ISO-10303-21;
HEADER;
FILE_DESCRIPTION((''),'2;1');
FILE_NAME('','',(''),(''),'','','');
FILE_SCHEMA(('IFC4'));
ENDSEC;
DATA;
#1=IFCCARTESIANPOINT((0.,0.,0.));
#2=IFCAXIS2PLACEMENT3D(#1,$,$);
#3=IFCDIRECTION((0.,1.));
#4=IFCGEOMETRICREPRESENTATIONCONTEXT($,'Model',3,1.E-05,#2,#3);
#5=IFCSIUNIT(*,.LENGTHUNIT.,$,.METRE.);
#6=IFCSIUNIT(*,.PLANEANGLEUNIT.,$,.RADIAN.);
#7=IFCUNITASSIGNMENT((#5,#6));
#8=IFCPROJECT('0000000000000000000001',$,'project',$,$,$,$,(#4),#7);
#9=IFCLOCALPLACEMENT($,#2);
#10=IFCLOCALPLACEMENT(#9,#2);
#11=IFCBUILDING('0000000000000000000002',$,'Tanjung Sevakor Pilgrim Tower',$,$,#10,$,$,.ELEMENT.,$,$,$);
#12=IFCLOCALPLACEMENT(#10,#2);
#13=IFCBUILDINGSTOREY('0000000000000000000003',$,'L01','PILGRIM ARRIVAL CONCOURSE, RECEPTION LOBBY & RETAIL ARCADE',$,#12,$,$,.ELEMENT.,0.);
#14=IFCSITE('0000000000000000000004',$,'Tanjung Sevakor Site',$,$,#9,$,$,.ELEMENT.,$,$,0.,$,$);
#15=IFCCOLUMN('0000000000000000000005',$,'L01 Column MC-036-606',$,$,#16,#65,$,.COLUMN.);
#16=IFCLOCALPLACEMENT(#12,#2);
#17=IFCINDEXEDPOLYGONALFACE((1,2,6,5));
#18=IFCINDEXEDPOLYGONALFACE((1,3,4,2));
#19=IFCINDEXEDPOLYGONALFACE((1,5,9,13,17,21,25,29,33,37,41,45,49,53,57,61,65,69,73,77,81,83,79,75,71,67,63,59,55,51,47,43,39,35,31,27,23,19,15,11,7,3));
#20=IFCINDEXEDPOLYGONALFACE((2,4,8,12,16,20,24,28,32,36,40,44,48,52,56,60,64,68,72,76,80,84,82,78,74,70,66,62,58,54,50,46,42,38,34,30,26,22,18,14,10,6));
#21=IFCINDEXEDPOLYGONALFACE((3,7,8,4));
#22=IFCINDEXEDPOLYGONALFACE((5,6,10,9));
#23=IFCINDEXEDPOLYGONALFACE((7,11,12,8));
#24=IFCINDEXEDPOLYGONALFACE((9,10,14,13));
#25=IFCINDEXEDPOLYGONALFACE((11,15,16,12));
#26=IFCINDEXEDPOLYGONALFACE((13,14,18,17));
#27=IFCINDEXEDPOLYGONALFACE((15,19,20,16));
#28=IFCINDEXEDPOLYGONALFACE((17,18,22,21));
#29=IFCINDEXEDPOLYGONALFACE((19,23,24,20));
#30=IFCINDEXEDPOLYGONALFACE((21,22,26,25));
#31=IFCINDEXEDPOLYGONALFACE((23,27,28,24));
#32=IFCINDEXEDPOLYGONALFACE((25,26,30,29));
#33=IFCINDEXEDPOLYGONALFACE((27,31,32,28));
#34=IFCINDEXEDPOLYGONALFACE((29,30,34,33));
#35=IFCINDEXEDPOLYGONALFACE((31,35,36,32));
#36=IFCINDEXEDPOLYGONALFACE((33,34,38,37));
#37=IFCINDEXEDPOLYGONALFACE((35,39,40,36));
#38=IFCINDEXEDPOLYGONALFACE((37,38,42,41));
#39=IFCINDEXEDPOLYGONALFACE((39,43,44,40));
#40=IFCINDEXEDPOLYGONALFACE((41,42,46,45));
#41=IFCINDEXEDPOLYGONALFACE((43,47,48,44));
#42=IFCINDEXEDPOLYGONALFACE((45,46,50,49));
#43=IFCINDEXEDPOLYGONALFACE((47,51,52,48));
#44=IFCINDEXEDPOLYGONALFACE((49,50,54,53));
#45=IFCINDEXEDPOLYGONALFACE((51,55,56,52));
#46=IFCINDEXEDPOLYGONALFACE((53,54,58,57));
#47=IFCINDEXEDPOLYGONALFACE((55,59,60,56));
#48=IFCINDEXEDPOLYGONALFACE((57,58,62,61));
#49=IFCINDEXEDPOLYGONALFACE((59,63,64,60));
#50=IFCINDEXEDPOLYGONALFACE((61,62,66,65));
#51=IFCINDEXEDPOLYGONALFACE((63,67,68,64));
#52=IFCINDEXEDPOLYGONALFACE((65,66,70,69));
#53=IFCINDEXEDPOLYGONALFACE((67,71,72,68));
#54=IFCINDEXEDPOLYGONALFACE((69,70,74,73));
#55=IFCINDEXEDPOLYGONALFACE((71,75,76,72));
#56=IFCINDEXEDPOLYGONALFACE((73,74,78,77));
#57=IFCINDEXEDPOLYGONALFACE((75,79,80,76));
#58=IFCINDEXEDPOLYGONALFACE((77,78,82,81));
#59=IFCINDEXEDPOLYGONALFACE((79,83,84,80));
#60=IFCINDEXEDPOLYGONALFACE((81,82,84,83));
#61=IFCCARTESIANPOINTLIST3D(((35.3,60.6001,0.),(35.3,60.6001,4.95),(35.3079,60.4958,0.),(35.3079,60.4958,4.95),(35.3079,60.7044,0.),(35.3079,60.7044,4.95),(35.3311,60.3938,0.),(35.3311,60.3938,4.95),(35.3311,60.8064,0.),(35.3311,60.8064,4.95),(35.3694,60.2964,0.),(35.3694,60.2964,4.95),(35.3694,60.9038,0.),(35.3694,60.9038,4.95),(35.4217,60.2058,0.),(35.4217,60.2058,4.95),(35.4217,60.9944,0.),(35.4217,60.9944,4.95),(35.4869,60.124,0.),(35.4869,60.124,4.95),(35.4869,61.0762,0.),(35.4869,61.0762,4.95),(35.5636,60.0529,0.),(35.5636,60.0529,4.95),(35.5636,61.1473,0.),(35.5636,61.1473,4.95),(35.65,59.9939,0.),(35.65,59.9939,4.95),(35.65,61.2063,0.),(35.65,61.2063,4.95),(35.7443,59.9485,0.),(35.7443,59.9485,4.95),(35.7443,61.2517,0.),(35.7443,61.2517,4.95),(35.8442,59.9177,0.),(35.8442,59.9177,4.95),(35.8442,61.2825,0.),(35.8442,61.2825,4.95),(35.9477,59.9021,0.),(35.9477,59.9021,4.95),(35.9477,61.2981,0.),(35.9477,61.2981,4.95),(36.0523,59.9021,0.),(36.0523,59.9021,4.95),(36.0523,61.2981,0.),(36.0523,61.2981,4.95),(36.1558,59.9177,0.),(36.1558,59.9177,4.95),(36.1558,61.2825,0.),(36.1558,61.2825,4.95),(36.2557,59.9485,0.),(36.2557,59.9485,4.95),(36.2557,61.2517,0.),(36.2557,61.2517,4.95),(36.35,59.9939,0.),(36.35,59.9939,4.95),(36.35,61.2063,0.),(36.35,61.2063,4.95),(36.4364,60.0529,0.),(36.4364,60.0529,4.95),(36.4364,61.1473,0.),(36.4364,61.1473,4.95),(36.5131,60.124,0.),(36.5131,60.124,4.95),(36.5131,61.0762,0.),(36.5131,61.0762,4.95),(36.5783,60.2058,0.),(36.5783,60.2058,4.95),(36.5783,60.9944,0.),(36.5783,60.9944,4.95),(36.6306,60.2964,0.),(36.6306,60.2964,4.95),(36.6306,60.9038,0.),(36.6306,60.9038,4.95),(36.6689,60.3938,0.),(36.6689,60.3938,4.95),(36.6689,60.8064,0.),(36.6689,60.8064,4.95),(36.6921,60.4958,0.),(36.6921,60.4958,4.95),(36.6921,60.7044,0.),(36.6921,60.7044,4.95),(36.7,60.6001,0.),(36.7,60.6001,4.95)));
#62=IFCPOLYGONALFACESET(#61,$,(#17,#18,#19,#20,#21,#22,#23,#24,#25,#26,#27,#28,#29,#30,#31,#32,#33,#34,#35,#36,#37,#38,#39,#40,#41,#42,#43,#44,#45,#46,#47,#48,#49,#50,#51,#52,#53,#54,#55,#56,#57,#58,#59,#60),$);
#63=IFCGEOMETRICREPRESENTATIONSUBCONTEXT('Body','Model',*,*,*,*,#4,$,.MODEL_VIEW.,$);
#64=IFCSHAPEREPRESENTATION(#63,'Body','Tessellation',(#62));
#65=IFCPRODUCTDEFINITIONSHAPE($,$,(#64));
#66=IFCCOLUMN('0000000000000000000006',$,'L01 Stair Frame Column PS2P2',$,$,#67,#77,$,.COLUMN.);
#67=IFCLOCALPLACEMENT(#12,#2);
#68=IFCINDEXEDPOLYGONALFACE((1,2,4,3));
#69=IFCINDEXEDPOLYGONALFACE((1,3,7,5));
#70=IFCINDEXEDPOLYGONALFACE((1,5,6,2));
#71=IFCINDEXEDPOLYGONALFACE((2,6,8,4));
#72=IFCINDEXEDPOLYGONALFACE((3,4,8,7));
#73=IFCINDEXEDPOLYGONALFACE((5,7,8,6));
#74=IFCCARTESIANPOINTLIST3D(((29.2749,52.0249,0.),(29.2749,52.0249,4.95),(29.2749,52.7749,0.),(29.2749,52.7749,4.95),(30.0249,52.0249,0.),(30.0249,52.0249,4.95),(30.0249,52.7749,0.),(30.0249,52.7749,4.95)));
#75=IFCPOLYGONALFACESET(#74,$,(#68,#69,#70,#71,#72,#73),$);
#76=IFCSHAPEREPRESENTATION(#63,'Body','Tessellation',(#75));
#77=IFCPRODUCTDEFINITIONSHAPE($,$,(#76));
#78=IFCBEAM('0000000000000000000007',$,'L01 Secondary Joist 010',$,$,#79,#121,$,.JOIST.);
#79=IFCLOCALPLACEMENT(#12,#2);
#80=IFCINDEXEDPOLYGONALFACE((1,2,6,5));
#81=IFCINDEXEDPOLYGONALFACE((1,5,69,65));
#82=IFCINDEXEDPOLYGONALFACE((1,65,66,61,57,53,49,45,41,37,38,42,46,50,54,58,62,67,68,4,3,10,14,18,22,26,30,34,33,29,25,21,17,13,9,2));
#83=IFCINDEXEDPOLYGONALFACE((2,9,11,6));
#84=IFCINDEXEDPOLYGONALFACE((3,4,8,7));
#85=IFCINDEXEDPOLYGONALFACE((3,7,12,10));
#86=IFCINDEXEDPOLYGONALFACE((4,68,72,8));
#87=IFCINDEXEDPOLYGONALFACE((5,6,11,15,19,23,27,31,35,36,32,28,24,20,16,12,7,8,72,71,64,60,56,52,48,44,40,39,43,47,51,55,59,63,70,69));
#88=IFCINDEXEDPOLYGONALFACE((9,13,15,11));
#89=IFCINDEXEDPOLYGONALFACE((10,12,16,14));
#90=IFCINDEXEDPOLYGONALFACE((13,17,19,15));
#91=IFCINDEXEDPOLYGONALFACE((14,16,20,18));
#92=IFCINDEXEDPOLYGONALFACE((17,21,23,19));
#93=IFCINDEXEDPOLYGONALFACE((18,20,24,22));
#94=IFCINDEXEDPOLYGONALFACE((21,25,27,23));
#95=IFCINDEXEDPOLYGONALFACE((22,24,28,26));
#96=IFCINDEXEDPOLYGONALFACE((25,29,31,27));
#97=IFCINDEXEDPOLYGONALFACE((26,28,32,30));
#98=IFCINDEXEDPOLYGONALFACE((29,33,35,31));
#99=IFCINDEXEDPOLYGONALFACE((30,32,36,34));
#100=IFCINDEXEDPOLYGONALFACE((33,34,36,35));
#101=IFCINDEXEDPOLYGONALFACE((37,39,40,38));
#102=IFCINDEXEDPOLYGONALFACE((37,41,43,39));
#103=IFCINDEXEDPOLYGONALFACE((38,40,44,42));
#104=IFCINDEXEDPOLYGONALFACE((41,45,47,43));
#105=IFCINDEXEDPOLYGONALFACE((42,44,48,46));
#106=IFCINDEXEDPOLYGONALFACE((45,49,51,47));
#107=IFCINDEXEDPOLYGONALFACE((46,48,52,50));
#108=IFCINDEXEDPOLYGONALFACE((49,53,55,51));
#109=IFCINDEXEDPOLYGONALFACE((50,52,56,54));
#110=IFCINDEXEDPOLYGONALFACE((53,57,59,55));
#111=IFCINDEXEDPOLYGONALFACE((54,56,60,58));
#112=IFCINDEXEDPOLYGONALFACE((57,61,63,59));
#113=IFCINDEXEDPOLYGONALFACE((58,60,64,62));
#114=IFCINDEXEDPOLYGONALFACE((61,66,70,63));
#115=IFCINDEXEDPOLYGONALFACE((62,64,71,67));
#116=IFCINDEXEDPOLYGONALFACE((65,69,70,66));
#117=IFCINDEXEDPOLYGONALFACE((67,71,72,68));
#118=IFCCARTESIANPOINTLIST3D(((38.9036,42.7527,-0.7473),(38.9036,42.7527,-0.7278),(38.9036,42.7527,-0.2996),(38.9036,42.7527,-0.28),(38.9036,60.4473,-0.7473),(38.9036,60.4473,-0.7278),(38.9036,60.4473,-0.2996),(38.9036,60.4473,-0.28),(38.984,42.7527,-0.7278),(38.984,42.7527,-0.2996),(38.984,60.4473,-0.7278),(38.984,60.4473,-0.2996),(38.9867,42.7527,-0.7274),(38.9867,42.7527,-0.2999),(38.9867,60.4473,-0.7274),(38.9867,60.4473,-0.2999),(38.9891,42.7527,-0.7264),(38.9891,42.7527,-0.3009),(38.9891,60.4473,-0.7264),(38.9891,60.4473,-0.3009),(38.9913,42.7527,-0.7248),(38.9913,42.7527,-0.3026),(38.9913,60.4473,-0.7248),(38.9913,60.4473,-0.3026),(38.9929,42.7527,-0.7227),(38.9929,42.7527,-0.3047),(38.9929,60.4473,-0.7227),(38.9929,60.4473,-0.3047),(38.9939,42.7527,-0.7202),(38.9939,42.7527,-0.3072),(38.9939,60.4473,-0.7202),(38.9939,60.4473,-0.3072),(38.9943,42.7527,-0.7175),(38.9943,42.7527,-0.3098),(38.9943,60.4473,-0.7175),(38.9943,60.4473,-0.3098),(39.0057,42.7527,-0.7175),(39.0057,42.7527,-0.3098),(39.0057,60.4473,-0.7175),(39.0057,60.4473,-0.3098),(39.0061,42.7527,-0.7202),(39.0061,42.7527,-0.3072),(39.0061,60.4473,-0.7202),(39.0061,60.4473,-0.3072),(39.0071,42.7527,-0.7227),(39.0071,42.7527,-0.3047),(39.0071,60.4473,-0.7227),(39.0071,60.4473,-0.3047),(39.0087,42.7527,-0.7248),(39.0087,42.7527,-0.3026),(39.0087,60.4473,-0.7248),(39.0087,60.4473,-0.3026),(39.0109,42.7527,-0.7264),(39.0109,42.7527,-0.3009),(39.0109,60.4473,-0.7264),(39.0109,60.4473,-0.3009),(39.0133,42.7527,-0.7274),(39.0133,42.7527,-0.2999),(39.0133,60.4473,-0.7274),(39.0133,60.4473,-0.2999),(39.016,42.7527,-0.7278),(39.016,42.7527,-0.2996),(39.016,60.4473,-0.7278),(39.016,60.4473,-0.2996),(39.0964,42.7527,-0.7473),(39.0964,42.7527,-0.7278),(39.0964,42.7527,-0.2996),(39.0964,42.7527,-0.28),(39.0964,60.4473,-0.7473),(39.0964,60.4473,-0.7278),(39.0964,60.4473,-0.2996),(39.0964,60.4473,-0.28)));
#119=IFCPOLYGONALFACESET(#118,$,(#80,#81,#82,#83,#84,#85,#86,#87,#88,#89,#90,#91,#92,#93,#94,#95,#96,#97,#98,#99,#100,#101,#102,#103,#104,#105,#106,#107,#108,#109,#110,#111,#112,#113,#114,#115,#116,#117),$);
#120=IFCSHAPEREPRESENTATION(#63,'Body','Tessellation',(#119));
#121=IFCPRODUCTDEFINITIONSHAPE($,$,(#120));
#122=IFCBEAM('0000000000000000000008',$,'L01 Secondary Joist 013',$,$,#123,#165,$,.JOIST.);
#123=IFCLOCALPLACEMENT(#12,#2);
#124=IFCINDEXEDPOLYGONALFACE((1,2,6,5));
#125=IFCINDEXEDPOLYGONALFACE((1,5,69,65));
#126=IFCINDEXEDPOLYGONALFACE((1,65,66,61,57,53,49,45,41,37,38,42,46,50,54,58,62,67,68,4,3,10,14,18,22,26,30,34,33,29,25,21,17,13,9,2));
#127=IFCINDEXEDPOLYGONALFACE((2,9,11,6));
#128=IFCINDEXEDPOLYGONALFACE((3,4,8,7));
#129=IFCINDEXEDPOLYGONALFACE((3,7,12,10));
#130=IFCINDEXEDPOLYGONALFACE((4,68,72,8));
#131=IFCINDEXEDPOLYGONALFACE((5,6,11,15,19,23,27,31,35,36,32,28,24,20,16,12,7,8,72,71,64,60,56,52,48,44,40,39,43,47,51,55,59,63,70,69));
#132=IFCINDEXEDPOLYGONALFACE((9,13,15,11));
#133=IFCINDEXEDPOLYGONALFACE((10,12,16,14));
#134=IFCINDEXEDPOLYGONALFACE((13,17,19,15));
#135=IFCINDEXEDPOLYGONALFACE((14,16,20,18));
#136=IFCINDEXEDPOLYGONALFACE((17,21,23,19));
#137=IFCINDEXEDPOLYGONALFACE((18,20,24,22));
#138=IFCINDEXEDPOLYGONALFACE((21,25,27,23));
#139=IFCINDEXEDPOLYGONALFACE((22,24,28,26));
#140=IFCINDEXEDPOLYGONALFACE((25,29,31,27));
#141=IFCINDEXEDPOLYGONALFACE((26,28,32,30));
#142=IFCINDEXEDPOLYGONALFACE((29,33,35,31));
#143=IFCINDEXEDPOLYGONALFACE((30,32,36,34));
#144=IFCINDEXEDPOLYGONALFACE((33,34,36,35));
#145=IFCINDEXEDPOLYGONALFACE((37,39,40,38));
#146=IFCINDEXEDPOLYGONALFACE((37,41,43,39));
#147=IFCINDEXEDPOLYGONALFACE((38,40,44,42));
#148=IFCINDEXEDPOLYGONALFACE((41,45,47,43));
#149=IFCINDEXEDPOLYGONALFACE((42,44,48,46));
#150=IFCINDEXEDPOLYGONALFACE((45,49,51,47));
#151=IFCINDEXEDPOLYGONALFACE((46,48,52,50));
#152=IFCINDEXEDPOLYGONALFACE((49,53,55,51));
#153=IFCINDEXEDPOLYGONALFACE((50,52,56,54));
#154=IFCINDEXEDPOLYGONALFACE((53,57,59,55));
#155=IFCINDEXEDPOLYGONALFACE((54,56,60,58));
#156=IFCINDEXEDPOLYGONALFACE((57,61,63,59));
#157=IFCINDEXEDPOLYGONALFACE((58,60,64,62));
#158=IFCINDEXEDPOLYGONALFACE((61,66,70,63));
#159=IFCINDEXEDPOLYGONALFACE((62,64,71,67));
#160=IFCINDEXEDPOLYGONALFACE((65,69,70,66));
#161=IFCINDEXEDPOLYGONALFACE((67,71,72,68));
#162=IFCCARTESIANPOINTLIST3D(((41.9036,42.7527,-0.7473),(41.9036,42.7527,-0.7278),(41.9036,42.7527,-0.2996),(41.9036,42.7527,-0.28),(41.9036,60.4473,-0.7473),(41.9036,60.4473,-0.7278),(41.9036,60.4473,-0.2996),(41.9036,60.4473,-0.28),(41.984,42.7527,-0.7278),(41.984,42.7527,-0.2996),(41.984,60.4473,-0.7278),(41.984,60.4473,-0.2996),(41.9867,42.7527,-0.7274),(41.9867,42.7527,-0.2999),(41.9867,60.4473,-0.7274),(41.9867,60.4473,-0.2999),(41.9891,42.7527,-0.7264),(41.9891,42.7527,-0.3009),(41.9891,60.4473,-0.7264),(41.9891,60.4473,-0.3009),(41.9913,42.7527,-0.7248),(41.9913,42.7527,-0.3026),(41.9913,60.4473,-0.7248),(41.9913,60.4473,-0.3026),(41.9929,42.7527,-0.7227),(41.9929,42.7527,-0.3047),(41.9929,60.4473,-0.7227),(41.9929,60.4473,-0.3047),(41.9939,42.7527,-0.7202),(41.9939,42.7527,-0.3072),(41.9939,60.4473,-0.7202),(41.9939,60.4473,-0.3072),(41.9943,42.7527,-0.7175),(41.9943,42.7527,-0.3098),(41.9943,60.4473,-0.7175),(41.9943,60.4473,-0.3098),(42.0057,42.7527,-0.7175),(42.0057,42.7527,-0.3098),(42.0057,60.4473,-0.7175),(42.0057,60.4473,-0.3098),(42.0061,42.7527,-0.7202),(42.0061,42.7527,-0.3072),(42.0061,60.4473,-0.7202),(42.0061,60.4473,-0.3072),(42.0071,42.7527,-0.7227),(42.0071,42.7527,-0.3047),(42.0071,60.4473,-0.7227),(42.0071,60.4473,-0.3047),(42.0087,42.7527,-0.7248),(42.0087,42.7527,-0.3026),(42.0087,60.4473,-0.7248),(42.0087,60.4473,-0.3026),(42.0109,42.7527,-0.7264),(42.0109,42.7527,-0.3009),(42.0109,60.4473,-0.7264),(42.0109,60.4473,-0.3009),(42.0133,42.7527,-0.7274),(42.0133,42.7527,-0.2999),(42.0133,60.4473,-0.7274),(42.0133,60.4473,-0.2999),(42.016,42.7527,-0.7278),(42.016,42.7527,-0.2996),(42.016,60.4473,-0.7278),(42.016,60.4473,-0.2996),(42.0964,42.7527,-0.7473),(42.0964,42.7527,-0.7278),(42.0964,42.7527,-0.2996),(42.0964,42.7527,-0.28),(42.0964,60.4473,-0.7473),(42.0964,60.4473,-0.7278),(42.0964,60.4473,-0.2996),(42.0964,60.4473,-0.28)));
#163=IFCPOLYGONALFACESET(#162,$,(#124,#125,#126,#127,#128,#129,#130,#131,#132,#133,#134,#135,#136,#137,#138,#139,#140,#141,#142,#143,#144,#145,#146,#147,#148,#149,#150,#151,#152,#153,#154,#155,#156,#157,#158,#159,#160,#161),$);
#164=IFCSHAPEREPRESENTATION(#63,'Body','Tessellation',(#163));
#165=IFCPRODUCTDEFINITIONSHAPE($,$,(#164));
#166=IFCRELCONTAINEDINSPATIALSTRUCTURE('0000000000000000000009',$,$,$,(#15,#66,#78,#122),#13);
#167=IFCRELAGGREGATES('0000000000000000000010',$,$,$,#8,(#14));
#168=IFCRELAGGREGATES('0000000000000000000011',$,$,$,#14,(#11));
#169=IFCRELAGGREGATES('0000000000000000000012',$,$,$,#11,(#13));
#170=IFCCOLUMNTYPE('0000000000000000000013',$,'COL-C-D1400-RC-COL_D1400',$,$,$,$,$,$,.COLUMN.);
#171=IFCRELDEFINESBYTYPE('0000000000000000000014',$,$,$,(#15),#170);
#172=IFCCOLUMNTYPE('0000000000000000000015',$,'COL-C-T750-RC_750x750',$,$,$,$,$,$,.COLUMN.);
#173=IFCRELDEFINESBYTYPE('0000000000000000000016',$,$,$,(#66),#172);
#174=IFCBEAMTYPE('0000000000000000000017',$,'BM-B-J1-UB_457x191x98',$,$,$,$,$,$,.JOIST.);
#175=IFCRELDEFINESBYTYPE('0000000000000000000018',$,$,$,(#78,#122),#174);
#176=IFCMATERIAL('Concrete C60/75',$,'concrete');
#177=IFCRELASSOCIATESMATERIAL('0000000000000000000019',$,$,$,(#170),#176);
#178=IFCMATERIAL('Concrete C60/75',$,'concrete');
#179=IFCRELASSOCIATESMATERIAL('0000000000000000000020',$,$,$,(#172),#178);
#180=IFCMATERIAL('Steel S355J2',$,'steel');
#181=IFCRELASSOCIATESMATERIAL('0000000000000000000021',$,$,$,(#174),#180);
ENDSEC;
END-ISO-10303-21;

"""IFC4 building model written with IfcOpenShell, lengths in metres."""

from ifc_helpers import new_model, si_unit, direction, frame, origin, origin_2d, place, context, subcontext, project, spatial, rectangle, circle, i_section, extrude, material, material_profile, profile_set, type_object, element, save


model = new_model("IFC4")

# Units and contexts
model_context = context("Model", 3, precision=1e-05, world=origin(), true_north=direction((0.0, 1.0)))
body_context = subcontext(model_context, "Body", "Model", "MODEL_VIEW")
ifc_project = project(units=[si_unit("LENGTHUNIT", "METRE"), si_unit("PLANEANGLEUNIT", "RADIAN")], contexts=[model_context])

# Site, building, storey
site_placement = place(None, origin())
site = spatial("IfcSite", under=ifc_project, at=site_placement, Name="Tanjung Sevakor Site", CompositionType="ELEMENT", RefElevation=0.0)
building_placement = place(site_placement, origin())
building = spatial("IfcBuilding", under=site, at=building_placement, Name="Tanjung Sevakor Pilgrim Tower", CompositionType="ELEMENT")
storey_placement = place(building_placement, origin())
storey = spatial("IfcBuildingStorey", under=building, at=storey_placement, Name="L01", Description="PILGRIM ARRIVAL CONCOURSE, RECEPTION LOBBY & RETAIL ARCADE", CompositionType="ELEMENT", Elevation=0.0)

# Columns
ifc_material_1 = material(Name="Concrete C60/75", Category="concrete")
ifc_material_profile_1 = material_profile(ifc_material_1, circle(Radius=0.7, at=origin_2d()))
ifc_profile_set_1 = profile_set([ifc_material_profile_1], Name="Concrete C60/75")
column_type_1 = type_object("IfcColumnType", Name="COL-C-D1400-RC-COL_D1400", PredefinedType="COLUMN", material=ifc_profile_set_1)
column_1_placement = place(storey_placement, frame((36.0, 60.6001, 0.0), z_axis=(0.0, 0.0, 1.0), x_axis=(1.0, 0.0, 0.0)))
element("IfcColumn", 1, at=column_1_placement, inside=storey, type_object=column_type_1, Name="L01 Column MC-036-606", PredefinedType="COLUMN", context=body_context, shape_type="SweptSolid", body=[
    extrude(circle(Radius=0.7, at=origin_2d()), origin(), (0.0, 0.0, 1.0), 4.95),
])
ifc_material_2 = material(Name="Concrete C60/75", Category="concrete")
ifc_material_profile_2 = material_profile(ifc_material_2, rectangle(XDim=0.75, YDim=0.75, at=origin_2d()))
ifc_profile_set_2 = profile_set([ifc_material_profile_2], Name="Concrete C60/75")
column_type_2 = type_object("IfcColumnType", Name="COL-C-T750-RC_750x750", PredefinedType="COLUMN", material=ifc_profile_set_2)
column_2_placement = place(storey_placement, frame((29.6499, 52.3999, 0.0), z_axis=(0.0, 0.0, 1.0), x_axis=(1.0, 0.0, 0.0)))
element("IfcColumn", 2, at=column_2_placement, inside=storey, type_object=column_type_2, Name="L01 Stair Frame Column PS2P2", PredefinedType="COLUMN", context=body_context, shape_type="SweptSolid", body=[
    extrude(rectangle(XDim=0.75, YDim=0.75, at=origin_2d()), origin(), (0.0, 0.0, 1.0), 4.95),
])

# Beams
ifc_material_3 = material(Name="Steel S355J2", Category="steel")
ifc_material_profile_3 = material_profile(ifc_material_3, i_section(OverallWidth=0.1929, OverallDepth=0.4673, WebThickness=0.0115, FlangeThickness=0.0195, FilletRadius=0.0103, at=origin_2d()))
ifc_profile_set_3 = profile_set([ifc_material_profile_3], Name="Steel S355J2")
beam_type_1 = type_object("IfcBeamType", Name="BM-B-J1-UB_457x191x98", PredefinedType="JOIST", material=ifc_profile_set_3)
for number, where, z_axis, x_axis, name in (
    (3, (39.0, 42.7527, -0.5137), (0.0, 1.0, 0.0), (-1.0, 0.0, 0.0), "L01 Secondary Joist 010"),
    (4, (42.0, 42.7527, -0.5137), (0.0, 1.0, 0.0), (-1.0, 0.0, 0.0), "L01 Secondary Joist 013"),
):
    element("IfcBeam", number, at=place(storey_placement, frame(where, z_axis=z_axis, x_axis=x_axis)), inside=storey, type_object=beam_type_1, Name=name, PredefinedType="JOIST", context=body_context, shape_type="SweptSolid", body=[
        extrude(i_section(OverallWidth=0.1929, OverallDepth=0.4673, WebThickness=0.0115, FlangeThickness=0.0195, FilletRadius=0.0103, at=origin_2d()), origin(), (0.0, 0.0, 1.0), 17.6946),
    ])

save(model, "model.ifc")
